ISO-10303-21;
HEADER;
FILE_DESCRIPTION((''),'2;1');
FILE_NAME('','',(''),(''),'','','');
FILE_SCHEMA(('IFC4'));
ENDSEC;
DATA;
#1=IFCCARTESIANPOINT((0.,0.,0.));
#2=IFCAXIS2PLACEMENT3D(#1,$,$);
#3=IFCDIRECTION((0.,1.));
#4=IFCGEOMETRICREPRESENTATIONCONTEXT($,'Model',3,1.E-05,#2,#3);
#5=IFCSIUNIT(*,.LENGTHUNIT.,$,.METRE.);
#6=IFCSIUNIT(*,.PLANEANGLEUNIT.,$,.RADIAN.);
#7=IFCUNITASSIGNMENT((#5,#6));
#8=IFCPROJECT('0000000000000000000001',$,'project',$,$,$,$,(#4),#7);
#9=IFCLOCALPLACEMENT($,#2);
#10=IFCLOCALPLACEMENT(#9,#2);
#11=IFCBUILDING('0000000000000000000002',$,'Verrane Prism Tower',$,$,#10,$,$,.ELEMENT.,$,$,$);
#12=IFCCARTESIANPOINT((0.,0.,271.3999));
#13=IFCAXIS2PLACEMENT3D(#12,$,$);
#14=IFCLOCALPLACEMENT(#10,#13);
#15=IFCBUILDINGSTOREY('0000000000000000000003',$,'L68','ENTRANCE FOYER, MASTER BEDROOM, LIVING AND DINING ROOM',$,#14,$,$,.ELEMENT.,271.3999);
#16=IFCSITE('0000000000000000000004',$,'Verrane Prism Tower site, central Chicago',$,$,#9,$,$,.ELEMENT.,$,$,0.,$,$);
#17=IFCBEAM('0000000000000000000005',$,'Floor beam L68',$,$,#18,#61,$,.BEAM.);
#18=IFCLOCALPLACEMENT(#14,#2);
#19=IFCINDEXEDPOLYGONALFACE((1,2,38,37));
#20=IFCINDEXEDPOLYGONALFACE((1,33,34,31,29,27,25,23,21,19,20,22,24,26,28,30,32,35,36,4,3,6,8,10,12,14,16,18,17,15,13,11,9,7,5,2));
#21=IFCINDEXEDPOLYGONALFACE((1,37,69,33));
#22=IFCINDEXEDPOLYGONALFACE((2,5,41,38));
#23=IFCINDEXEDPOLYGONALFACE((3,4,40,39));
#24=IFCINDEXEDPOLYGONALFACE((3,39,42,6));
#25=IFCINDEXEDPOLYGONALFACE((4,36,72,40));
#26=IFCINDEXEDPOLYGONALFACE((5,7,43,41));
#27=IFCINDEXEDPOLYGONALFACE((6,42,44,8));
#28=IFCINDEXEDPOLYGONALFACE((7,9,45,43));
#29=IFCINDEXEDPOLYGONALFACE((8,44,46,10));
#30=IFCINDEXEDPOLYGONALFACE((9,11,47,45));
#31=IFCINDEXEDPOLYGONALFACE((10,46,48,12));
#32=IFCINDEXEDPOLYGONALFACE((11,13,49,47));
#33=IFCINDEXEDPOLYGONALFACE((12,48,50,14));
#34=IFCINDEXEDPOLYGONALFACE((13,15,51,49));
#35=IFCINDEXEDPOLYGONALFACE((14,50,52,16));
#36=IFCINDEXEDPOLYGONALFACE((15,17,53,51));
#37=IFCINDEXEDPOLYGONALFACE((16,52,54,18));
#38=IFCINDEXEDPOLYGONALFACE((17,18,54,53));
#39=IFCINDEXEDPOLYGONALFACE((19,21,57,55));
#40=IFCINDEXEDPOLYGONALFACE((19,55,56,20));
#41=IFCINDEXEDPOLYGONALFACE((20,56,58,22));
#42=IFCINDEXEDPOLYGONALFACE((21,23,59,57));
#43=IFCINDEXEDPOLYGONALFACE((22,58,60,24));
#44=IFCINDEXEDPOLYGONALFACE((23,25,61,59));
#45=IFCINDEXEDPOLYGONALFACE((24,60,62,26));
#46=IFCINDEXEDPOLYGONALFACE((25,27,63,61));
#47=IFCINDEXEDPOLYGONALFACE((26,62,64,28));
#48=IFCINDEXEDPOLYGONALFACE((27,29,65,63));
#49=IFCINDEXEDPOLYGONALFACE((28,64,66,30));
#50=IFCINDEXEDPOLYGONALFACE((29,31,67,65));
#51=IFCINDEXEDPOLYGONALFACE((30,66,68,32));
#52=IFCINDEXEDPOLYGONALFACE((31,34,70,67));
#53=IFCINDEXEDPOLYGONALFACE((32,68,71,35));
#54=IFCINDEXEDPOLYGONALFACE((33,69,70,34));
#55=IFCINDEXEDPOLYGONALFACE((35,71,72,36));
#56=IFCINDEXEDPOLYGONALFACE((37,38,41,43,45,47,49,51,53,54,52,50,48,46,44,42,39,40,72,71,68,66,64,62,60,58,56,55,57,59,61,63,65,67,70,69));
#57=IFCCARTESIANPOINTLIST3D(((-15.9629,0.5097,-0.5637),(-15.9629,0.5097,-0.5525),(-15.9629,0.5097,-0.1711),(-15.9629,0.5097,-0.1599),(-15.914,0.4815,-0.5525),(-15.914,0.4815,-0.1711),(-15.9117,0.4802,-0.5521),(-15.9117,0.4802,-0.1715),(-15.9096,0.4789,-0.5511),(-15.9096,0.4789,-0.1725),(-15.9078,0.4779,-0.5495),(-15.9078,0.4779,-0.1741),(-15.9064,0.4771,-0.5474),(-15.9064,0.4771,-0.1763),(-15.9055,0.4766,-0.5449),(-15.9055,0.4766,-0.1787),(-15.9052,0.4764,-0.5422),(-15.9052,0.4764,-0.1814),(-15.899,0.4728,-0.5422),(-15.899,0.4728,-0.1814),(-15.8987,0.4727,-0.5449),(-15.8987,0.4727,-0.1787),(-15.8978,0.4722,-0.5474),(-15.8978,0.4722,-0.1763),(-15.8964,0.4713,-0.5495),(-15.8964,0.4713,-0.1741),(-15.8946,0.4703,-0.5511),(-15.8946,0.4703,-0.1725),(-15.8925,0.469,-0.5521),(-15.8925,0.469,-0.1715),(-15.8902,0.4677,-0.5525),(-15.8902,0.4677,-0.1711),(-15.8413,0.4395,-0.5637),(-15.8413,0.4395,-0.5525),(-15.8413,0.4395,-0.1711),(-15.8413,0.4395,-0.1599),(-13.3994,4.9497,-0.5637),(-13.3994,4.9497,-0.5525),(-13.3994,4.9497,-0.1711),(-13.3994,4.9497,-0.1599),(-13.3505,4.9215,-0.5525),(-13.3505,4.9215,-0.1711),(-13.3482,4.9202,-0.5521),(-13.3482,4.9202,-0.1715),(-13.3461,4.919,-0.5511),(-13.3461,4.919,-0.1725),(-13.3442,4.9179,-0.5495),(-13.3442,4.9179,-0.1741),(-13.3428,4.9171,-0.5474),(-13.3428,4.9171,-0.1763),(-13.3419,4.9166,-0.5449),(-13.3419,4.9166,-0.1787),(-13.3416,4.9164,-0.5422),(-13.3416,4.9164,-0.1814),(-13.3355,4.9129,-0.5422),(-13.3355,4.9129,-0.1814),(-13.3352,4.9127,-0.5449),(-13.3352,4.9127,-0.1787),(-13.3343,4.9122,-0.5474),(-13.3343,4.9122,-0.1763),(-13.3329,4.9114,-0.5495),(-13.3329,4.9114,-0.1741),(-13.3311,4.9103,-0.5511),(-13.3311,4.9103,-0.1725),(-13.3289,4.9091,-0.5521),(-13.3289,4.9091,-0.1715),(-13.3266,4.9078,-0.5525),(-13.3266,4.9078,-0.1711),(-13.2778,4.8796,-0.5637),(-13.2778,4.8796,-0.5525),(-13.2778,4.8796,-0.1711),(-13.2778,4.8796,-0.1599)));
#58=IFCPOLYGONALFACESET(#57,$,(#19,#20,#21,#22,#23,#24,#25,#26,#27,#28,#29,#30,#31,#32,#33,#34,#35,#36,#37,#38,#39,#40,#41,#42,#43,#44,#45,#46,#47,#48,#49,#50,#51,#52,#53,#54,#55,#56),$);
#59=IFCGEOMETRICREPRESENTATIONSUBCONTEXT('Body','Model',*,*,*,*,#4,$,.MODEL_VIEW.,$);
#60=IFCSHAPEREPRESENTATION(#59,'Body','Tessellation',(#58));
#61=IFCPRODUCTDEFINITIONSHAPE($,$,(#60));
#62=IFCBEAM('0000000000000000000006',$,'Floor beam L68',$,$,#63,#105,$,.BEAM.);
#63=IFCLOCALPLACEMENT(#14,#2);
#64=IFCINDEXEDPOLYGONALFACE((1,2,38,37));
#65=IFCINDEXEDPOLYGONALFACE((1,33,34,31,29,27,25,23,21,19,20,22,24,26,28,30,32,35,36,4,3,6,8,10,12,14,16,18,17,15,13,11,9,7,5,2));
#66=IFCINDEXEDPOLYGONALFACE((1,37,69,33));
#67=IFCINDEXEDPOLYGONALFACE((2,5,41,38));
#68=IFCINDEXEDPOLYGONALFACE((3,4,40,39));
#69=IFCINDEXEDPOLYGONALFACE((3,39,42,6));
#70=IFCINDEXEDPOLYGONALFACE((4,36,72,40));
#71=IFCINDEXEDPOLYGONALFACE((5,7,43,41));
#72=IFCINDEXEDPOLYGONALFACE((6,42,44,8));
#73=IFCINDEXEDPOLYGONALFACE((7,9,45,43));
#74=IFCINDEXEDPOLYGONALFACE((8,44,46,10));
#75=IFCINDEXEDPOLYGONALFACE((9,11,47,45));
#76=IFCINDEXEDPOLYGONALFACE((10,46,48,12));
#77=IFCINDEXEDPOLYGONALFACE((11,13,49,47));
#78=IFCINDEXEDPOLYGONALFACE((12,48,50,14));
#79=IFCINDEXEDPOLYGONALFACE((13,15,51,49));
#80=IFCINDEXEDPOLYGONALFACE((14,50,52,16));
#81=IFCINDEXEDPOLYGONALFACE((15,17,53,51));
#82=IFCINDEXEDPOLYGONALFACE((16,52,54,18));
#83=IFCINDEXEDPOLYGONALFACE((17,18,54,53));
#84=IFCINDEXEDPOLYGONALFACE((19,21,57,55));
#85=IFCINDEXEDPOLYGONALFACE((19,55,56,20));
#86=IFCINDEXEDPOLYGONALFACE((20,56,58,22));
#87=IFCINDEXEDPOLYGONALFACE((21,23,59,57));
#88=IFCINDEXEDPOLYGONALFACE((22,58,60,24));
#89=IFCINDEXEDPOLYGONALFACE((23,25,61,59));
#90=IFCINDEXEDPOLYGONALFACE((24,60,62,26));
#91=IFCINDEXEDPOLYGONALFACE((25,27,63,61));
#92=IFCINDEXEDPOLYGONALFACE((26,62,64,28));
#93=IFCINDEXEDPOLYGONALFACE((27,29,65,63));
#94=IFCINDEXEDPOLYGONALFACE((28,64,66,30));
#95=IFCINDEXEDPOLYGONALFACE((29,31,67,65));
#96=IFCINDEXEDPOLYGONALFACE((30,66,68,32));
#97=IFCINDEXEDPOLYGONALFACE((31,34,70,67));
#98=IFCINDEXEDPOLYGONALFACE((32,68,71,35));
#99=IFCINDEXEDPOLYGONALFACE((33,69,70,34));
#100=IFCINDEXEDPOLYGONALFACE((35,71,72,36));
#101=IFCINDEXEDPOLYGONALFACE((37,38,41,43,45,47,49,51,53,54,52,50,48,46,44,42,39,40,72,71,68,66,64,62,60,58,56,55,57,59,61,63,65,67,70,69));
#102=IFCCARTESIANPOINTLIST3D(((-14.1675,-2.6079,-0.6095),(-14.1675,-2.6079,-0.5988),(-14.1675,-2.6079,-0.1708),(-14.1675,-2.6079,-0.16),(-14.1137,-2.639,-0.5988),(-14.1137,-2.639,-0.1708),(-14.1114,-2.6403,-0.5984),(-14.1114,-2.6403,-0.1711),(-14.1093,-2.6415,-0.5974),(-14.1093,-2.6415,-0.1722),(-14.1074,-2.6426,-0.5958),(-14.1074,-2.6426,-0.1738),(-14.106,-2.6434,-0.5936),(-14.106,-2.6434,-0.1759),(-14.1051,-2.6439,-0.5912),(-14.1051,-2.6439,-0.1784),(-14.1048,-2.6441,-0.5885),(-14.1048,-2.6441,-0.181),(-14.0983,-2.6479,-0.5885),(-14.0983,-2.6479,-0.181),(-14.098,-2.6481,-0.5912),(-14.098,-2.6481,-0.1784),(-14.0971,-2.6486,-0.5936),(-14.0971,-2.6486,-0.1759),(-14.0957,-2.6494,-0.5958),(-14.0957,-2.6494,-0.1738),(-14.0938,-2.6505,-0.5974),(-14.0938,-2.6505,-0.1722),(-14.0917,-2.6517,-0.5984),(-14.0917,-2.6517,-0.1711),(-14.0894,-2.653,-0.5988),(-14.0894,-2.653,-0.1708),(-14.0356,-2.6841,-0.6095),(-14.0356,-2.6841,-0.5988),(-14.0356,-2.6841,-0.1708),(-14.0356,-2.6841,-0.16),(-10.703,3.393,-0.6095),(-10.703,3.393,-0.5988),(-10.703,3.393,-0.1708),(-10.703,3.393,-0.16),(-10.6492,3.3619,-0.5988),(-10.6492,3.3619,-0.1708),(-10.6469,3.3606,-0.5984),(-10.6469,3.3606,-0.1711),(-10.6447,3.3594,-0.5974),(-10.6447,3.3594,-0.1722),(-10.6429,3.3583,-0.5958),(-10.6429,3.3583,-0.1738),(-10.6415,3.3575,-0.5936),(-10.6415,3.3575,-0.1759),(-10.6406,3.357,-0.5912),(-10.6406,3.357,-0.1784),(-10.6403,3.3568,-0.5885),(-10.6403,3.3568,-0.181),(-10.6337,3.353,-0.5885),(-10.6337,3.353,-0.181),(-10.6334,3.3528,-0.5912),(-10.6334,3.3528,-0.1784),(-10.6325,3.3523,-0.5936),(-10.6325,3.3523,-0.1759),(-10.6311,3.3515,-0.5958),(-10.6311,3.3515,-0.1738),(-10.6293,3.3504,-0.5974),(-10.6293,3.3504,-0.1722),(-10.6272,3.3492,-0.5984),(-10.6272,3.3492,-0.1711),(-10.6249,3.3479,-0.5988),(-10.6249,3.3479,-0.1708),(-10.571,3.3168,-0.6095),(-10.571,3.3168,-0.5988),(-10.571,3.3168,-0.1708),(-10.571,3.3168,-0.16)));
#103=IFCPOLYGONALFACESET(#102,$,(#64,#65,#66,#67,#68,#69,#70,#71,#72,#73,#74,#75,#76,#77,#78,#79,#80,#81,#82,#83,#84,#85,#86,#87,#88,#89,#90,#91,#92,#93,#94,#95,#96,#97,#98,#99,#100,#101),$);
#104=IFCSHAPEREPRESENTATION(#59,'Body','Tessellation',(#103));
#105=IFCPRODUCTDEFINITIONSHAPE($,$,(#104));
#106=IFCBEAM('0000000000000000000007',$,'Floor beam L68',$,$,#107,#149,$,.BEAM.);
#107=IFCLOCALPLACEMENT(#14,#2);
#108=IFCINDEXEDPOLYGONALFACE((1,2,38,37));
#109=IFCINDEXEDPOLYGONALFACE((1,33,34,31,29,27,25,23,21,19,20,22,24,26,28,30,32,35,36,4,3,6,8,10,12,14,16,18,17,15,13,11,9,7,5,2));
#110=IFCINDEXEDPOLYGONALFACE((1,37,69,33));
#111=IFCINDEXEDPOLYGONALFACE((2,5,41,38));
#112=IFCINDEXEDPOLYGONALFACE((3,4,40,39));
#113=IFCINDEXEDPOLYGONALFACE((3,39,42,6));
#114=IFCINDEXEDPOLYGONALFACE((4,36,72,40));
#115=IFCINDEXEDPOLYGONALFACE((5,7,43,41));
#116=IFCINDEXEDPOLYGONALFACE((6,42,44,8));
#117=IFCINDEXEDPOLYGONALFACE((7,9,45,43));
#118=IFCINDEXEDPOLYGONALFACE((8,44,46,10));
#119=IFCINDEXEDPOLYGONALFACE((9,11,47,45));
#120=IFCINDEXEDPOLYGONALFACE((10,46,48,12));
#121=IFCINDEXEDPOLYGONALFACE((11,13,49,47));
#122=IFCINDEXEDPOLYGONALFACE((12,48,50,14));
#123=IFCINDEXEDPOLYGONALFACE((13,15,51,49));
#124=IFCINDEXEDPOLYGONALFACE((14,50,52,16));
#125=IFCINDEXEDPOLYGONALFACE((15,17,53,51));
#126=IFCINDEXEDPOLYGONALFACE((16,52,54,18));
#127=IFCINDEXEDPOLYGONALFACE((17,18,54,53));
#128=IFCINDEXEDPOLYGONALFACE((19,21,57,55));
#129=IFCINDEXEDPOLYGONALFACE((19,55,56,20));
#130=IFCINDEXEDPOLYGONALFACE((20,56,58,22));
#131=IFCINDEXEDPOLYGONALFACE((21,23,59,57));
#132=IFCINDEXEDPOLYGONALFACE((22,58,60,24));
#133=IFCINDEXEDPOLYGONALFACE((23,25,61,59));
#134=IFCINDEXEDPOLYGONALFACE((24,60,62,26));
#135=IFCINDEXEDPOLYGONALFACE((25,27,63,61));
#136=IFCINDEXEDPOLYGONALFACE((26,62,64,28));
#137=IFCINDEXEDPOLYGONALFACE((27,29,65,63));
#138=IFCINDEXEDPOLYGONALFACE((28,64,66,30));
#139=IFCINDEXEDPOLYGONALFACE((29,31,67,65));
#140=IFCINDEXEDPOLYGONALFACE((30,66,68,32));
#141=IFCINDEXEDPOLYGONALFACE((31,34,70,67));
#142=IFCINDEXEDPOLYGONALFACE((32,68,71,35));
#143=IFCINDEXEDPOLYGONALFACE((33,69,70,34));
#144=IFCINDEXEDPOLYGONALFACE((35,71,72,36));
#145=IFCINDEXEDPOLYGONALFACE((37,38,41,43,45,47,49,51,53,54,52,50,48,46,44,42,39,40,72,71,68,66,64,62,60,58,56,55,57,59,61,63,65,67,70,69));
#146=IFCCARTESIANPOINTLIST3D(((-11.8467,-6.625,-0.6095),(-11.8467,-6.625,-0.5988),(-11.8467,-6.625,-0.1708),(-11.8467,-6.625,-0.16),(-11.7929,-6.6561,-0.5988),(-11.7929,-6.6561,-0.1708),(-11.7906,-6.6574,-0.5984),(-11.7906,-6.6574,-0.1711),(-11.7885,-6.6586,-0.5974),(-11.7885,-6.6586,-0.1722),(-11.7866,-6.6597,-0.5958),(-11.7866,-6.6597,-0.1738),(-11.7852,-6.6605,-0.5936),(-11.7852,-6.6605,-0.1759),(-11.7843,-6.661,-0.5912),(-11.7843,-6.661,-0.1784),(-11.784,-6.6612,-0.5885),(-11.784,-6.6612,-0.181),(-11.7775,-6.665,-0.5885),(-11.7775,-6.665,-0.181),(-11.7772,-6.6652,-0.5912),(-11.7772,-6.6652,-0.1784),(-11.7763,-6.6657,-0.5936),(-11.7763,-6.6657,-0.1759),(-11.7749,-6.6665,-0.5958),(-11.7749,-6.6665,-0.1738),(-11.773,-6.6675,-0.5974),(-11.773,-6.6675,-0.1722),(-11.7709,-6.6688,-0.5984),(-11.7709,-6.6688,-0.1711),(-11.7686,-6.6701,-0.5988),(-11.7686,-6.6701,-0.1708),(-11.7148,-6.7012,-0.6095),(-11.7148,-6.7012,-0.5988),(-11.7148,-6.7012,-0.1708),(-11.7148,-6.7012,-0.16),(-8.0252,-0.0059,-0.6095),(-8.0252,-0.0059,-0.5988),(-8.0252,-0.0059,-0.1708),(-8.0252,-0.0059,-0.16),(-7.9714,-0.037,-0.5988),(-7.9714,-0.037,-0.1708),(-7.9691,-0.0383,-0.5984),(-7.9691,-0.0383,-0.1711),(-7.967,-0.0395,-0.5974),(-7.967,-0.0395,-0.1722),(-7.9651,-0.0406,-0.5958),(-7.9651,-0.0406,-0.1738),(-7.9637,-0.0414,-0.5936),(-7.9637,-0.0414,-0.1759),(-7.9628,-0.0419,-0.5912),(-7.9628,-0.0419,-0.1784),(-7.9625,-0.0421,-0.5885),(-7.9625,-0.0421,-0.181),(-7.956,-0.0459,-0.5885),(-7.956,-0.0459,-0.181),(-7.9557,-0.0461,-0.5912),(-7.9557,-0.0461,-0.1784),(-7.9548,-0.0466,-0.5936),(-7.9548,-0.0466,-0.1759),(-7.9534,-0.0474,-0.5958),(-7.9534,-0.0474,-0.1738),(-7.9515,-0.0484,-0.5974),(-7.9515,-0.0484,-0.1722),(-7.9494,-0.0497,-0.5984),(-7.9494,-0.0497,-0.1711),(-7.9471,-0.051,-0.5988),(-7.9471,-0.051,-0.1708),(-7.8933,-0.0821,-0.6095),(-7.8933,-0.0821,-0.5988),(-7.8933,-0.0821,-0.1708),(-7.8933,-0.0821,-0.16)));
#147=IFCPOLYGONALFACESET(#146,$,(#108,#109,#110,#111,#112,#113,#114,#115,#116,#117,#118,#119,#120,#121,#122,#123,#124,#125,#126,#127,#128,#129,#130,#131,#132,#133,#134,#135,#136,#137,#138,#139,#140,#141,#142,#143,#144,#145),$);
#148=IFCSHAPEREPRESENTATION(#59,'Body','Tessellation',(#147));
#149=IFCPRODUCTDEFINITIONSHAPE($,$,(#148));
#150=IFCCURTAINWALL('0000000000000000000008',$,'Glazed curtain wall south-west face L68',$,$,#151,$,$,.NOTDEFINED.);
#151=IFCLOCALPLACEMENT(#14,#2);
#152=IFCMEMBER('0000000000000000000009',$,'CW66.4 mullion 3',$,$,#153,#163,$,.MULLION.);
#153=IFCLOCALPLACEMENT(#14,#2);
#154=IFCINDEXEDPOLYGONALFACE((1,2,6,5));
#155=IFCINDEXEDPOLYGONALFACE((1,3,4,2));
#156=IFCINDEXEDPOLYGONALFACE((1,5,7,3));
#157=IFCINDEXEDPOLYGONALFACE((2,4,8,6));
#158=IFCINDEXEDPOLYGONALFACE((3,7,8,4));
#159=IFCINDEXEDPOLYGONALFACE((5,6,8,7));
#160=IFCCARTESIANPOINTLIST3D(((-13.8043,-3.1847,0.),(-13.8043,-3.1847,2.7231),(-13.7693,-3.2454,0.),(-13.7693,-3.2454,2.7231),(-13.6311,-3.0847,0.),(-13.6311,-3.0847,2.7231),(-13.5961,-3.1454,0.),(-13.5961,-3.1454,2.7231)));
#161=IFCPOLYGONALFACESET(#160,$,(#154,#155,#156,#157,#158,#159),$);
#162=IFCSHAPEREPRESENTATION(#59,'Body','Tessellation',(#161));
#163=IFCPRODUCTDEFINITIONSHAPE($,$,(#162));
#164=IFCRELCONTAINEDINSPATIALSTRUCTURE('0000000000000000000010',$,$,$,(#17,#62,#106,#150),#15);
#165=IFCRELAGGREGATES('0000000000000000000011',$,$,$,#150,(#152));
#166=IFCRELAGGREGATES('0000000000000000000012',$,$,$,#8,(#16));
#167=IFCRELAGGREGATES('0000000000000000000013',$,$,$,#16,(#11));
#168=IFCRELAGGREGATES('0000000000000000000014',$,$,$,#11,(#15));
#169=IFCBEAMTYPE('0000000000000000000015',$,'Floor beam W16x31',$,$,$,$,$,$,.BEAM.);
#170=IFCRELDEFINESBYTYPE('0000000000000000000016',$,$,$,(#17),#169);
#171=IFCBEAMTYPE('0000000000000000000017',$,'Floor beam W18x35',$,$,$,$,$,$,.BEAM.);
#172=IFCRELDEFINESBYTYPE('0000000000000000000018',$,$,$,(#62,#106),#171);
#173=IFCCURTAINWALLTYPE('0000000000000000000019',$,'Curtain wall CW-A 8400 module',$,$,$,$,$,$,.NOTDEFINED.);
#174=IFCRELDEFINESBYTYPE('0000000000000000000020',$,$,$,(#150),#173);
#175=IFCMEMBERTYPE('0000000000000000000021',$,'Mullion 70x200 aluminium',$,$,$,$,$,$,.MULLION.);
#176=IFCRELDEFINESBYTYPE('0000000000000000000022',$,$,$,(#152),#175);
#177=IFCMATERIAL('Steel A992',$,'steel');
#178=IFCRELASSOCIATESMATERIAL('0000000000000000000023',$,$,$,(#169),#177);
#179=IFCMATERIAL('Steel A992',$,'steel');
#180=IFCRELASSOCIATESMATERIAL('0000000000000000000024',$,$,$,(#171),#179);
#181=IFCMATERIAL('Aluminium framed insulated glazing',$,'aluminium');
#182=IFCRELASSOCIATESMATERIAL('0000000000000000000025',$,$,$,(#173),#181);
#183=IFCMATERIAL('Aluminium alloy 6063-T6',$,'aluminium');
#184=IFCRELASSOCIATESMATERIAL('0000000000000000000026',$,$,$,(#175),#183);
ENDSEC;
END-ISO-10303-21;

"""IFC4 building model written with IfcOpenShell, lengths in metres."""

from ifc_helpers import new_model, si_unit, direction, frame, origin, origin_2d, place, context, subcontext, project, spatial, rectangle, i_section, extrude, material, material_profile, profile_set, type_object, element, aggregate, save


model = new_model("IFC4")

# Units and contexts
model_context = context("Model", 3, precision=1e-05, world=origin(), true_north=direction((0.0, 1.0)))
body_context = subcontext(model_context, "Body", "Model", "MODEL_VIEW")
ifc_project = project(units=[si_unit("LENGTHUNIT", "METRE"), si_unit("PLANEANGLEUNIT", "RADIAN")], contexts=[model_context])

# Site, building, storey
site_placement = place(None, origin())
site = spatial("IfcSite", under=ifc_project, at=site_placement, Name="Verrane Prism Tower site, central Chicago", CompositionType="ELEMENT", RefElevation=0.0)
building_placement = place(site_placement, origin())
building = spatial("IfcBuilding", under=site, at=building_placement, Name="Verrane Prism Tower", CompositionType="ELEMENT")
storey_placement = place(building_placement, frame((0.0, 0.0, 271.3999)))
storey = spatial("IfcBuildingStorey", under=building, at=storey_placement, Name="L68", Description="ENTRANCE FOYER, MASTER BEDROOM, LIVING AND DINING ROOM", CompositionType="ELEMENT", Elevation=271.3999)

# Beams
ifc_material_1 = material(Name="Steel A992", Category="steel")
ifc_material_profile_1 = material_profile(ifc_material_1, i_section(OverallWidth=0.1404, OverallDepth=0.4038, WebThickness=0.0071, FlangeThickness=0.0112, FilletRadius=0.0103, at=origin_2d()), Name="W16x31")
ifc_profile_set_1 = profile_set([ifc_material_profile_1], Name="Steel A992")
beam_type_1 = type_object("IfcBeamType", Name="Floor beam W16x31", PredefinedType="BEAM", material=ifc_profile_set_1)
beam_1_placement = place(storey_placement, frame((-15.9021, 0.4746, -0.3618), z_axis=(0.500011, 0.866019, 0.0), x_axis=(-0.866019, 0.500011, 0.0)))
element("IfcBeam", 1, at=beam_1_placement, inside=storey, type_object=beam_type_1, Name="Floor beam L68", PredefinedType="BEAM", context=body_context, shape_type="SweptSolid", body=[
    extrude(i_section(OverallWidth=0.1404, OverallDepth=0.4038, WebThickness=0.0071, FlangeThickness=0.0112, FilletRadius=0.0103, at=origin_2d()), origin(), (0.0, 0.0, 1.0), 5.127),
])
ifc_material_2 = material(Name="Steel A992", Category="steel")
ifc_material_profile_2 = material_profile(ifc_material_2, i_section(OverallWidth=0.1523, OverallDepth=0.4495, WebThickness=0.0076, FlangeThickness=0.0107, FilletRadius=0.0103, at=origin_2d()), Name="W18x35")
ifc_profile_set_2 = profile_set([ifc_material_profile_2], Name="Steel A992")
beam_type_2 = type_object("IfcBeamType", Name="Floor beam W18x35", PredefinedType="BEAM", material=ifc_profile_set_2)
beam_2_placement = place(storey_placement, frame((-14.1016, -2.646, -0.3848), z_axis=(0.499993, 0.86603, 0.0), x_axis=(-0.86603, 0.499993, 0.0)))
element("IfcBeam", 2, at=beam_2_placement, inside=storey, type_object=beam_type_2, Name="Floor beam L68", PredefinedType="BEAM", context=body_context, shape_type="SweptSolid", body=[
    extrude(i_section(OverallWidth=0.1523, OverallDepth=0.4495, WebThickness=0.0076, FlangeThickness=0.0107, FilletRadius=0.0103, at=origin_2d()), origin(), (0.0, 0.0, 1.0), 6.9292),
])
beam_3_placement = place(storey_placement, frame((-11.7808, -6.6631, -0.3848), z_axis=(0.499997, 0.866027, 0.0), x_axis=(-0.866027, 0.499997, 0.0)))
element("IfcBeam", 3, at=beam_3_placement, inside=storey, type_object=beam_type_2, Name="Floor beam L68", PredefinedType="BEAM", context=body_context, shape_type="SweptSolid", body=[
    extrude(i_section(OverallWidth=0.1523, OverallDepth=0.4495, WebThickness=0.0076, FlangeThickness=0.0107, FilletRadius=0.0103, at=origin_2d()), origin(), (0.0, 0.0, 1.0), 7.6431),
])

# Curtain wall, member
ifc_material_3 = material(Name="Aluminium framed insulated glazing", Category="aluminium")
curtain_wall_type = type_object("IfcCurtainWallType", Name="Curtain wall CW-A 8400 module", PredefinedType="NOTDEFINED", material=ifc_material_3)
curtain_wall_placement = place(storey_placement, origin())
curtain_wall = element("IfcCurtainWall", 4, at=curtain_wall_placement, inside=storey, type_object=curtain_wall_type, Name="Glazed curtain wall south-west face L68", PredefinedType="NOTDEFINED")
ifc_material_4 = material(Name="Aluminium alloy 6063-T6", Category="aluminium")
ifc_material_profile_3 = material_profile(ifc_material_4, rectangle(XDim=0.2, YDim=0.0701, at=origin_2d()), Name="Mullion 70x200 aluminium")
ifc_profile_set_3 = profile_set([ifc_material_profile_3], Name="Aluminium alloy 6063-T6")
member_type_1 = type_object("IfcMemberType", Name="Mullion 70x200 aluminium", PredefinedType="MULLION", material=ifc_profile_set_3)
member_1_placement = place(storey_placement, frame((-13.7002, -3.165, 0.0), z_axis=(0.0, 0.0, 1.0), x_axis=(0.866025, 0.500001, 0.0)))
member_1 = element("IfcMember", 5, at=member_1_placement, type_object=member_type_1, Name="CW66.4 mullion 3", PredefinedType="MULLION", context=body_context, shape_type="SweptSolid", body=[
    extrude(rectangle(XDim=0.2, YDim=0.0701, at=origin_2d()), origin(), (0.0, 0.0, 1.0), 2.7231),
])

aggregate(curtain_wall, [member_1])

save(model, "model.ifc")
